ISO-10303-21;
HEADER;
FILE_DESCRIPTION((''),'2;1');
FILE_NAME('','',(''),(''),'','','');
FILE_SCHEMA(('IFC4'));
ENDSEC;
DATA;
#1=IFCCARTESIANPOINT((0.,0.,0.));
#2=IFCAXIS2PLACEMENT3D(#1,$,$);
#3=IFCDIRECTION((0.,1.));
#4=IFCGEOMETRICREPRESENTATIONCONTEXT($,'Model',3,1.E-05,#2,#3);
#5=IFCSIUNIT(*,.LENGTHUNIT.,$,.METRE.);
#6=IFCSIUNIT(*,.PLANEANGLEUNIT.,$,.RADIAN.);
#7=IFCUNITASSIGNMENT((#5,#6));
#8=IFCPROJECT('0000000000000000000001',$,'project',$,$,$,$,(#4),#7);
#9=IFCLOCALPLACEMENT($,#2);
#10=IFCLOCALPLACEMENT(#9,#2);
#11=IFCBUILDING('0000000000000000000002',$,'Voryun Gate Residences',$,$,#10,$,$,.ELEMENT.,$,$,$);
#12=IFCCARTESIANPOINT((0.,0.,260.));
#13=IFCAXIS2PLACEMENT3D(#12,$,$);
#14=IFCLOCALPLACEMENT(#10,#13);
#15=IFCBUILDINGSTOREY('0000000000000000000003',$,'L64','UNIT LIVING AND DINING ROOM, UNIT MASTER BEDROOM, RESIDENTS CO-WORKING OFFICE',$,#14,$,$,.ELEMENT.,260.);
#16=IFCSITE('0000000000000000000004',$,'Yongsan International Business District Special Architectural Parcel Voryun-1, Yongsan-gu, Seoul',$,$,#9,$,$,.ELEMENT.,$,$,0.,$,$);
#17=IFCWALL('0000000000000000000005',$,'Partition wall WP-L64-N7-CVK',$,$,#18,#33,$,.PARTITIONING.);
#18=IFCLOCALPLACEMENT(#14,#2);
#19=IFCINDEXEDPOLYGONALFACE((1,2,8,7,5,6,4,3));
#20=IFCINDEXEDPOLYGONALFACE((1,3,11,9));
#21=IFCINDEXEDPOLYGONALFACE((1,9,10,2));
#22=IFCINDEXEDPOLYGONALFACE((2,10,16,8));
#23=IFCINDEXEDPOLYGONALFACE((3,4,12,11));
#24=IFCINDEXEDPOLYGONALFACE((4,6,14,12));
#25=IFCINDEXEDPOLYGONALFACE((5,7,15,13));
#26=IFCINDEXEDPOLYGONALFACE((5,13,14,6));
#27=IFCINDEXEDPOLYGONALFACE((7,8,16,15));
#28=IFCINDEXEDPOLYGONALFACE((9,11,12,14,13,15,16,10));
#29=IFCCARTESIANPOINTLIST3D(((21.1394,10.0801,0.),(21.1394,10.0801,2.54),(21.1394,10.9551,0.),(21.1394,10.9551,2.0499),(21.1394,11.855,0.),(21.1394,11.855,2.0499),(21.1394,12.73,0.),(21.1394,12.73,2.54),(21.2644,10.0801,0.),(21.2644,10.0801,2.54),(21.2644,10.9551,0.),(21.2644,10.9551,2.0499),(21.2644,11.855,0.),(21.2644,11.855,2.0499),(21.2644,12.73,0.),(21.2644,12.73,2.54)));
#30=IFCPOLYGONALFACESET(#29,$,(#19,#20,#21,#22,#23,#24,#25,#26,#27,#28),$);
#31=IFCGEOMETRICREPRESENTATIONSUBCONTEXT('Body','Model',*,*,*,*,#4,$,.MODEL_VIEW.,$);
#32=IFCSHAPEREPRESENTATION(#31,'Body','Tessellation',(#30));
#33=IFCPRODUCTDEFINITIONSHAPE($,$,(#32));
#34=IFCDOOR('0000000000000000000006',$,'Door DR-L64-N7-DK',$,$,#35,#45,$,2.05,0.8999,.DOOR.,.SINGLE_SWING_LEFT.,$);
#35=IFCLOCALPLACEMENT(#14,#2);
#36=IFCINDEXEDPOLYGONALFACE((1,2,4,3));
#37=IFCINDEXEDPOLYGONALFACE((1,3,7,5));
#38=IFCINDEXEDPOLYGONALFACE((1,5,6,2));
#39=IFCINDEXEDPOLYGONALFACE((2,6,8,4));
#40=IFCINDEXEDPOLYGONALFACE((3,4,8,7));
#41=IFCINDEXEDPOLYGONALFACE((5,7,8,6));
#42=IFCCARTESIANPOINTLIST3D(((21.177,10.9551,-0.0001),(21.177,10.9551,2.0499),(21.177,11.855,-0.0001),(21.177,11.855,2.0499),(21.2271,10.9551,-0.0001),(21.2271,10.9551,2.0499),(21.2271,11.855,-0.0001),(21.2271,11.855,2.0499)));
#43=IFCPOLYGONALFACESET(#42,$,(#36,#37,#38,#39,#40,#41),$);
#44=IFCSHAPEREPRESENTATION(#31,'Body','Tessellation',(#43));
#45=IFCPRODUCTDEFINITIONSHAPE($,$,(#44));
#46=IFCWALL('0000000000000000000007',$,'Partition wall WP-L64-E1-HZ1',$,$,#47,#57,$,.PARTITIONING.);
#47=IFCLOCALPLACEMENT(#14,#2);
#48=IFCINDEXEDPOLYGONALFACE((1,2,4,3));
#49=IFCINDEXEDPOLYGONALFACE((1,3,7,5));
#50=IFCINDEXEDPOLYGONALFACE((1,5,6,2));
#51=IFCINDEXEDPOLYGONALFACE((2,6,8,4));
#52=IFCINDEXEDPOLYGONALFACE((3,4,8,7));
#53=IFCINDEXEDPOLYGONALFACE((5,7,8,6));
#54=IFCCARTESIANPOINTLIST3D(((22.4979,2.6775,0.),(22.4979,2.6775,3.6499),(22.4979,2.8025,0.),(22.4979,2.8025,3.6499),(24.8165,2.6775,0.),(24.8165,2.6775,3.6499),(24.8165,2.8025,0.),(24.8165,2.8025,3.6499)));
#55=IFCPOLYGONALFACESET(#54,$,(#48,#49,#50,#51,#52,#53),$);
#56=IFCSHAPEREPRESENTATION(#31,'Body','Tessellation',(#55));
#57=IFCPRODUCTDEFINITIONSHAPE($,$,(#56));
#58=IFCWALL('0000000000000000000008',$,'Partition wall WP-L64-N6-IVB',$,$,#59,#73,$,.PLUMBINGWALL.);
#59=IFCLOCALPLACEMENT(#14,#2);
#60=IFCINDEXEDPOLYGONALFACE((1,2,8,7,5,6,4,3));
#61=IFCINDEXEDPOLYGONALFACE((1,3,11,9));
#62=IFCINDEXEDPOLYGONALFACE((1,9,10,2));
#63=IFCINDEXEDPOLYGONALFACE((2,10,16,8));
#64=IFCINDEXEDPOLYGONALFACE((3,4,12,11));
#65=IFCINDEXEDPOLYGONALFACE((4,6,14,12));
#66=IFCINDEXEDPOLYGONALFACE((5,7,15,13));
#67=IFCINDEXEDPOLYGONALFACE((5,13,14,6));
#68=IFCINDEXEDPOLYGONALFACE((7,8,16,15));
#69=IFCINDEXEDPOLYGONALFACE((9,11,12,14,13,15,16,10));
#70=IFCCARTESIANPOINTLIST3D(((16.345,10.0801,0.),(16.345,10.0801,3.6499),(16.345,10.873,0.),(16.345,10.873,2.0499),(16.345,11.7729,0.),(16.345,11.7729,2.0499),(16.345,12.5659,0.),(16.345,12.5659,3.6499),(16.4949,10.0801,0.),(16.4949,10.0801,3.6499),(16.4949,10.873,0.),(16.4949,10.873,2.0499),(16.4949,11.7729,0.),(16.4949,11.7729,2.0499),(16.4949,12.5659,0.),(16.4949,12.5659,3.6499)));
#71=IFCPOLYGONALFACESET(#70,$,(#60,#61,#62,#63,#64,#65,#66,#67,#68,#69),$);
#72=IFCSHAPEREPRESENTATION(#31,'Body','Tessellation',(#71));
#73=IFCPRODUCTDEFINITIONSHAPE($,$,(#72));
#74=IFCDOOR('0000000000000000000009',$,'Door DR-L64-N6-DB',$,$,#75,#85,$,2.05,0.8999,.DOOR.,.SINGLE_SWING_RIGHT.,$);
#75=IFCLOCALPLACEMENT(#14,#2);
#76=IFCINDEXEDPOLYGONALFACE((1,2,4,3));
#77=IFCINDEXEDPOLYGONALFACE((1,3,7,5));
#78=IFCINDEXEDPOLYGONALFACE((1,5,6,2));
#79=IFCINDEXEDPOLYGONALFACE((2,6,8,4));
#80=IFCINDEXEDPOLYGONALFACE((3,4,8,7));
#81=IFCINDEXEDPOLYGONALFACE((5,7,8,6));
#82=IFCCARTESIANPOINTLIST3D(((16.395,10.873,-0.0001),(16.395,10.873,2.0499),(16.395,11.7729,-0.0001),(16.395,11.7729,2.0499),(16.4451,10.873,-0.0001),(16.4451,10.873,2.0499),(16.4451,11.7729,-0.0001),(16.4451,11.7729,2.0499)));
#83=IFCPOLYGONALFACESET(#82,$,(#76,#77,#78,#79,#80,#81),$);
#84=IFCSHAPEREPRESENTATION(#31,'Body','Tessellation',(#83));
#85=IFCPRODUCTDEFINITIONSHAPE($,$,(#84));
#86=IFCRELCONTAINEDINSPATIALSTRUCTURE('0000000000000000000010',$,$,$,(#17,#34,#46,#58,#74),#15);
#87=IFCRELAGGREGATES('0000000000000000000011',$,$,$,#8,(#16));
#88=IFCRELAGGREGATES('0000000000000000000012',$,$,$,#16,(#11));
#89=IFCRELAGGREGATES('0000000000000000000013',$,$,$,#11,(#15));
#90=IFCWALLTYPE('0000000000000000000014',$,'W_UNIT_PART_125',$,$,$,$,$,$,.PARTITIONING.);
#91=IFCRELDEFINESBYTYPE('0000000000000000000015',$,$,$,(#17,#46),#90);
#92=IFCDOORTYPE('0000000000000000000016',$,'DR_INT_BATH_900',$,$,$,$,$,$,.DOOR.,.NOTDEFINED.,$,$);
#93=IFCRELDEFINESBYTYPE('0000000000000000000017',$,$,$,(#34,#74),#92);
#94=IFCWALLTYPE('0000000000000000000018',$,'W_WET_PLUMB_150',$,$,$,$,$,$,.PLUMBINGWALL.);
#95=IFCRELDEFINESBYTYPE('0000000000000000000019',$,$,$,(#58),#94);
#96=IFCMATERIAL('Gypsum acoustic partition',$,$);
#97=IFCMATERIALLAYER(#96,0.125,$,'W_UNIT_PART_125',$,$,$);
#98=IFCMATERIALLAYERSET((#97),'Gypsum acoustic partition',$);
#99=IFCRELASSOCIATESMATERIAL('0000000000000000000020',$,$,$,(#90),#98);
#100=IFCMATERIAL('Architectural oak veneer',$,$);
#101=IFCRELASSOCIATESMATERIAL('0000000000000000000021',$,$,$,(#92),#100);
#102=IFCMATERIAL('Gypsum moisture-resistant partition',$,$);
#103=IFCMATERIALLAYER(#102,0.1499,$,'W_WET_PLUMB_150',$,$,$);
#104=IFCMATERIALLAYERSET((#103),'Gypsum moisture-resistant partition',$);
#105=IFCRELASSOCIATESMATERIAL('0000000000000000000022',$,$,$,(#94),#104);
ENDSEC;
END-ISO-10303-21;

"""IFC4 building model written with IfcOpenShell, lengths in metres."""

from ifc_helpers import new_model, si_unit, direction, frame, frame_2d, origin, place, context, subcontext, project, spatial, rectangle, extrude, material, layer, layer_set, type_object, element, fill, save


model = new_model("IFC4")

# Units and contexts
model_context = context("Model", 3, precision=1e-05, world=origin(), true_north=direction((0.0, 1.0)))
body_context = subcontext(model_context, "Body", "Model", "MODEL_VIEW")
ifc_project = project(units=[si_unit("LENGTHUNIT", "METRE"), si_unit("PLANEANGLEUNIT", "RADIAN")], contexts=[model_context])

# Site, building, storey
site_placement = place(None, origin())
site = spatial("IfcSite", under=ifc_project, at=site_placement, Name="Yongsan International Business District Special Architectural Parcel Voryun-1, Yongsan-gu, Seoul", CompositionType="ELEMENT", RefElevation=0.0)
building_placement = place(site_placement, origin())
building = spatial("IfcBuilding", under=site, at=building_placement, Name="Voryun Gate Residences", CompositionType="ELEMENT")
storey_placement = place(building_placement, frame((0.0, 0.0, 260.0)))
storey = spatial("IfcBuildingStorey", under=building, at=storey_placement, Name="L64", Description="UNIT LIVING AND DINING ROOM, UNIT MASTER BEDROOM, RESIDENTS CO-WORKING OFFICE", CompositionType="ELEMENT", Elevation=260.0)

# Wall, opening, door
ifc_material_1 = material(Name="Gypsum acoustic partition")
ifc_layer_1 = layer(ifc_material_1, 0.125, Name="W_UNIT_PART_125")
ifc_layer_set_1 = layer_set([ifc_layer_1], Name="Gypsum acoustic partition")
wall_type_1 = type_object("IfcWallType", Name="W_UNIT_PART_125", PredefinedType="PARTITIONING", material=ifc_layer_set_1)
wall_1_placement = place(storey_placement, frame((21.2019, 10.0801, 0.0), z_axis=(0.0, 0.0, 1.0), x_axis=(0.0, 1.0, 0.0)))
wall_1 = element("IfcWall", 1, at=wall_1_placement, inside=storey, type_object=wall_type_1, Name="Partition wall WP-L64-N7-CVK", PredefinedType="PARTITIONING", context=body_context, shape_type="SweptSolid", body=[
    extrude(rectangle(XDim=2.6499, YDim=0.125, at=frame_2d((1.325, 0.0))), origin(), (0.0, 0.0, 1.0), 2.54),
])
opening_1_placement = place(wall_1_placement, frame((0.875, 0.0, 0.0)))
opening_1 = element("IfcOpeningElement", 2, at=opening_1_placement, cuts=wall_1, PredefinedType="OPENING", context=body_context, shape_type="SweptSolid", body=[
    extrude(rectangle(XDim=0.8999, YDim=2.05, at=frame_2d((0.45, 1.0249))), frame((0.0, 0.0725, 0.0), z_axis=(0.0, -1.0, 0.0), x_axis=(1.0, 0.0, 0.0)), (0.0, 0.0, 1.0), 0.145),
])
ifc_material_2 = material(Name="Architectural oak veneer")
door_type_1 = type_object("IfcDoorType", Name="DR_INT_BATH_900", OperationType="NOTDEFINED", PredefinedType="DOOR", material=ifc_material_2)
door_1_placement = place(opening_1_placement, origin())
door_1 = element("IfcDoor", 3, at=door_1_placement, inside=storey, type_object=door_type_1, Name="Door DR-L64-N7-DK", OperationType="SINGLE_SWING_LEFT", OverallHeight=2.05, OverallWidth=0.8999, PredefinedType="DOOR", context=body_context, shape_type="SweptSolid", body=[
    extrude(rectangle(XDim=0.8999, YDim=2.05, at=frame_2d((0.45, 1.0249))), frame((0.0, 0.0249, 0.0), z_axis=(0.0, -1.0, 0.0), x_axis=(1.0, 0.0, 0.0)), (0.0, 0.0, 1.0), 0.05),
])
fill(opening_1, door_1)

# Wall
wall_2_placement = place(storey_placement, frame((22.498, 2.74, 0.0), z_axis=(0.0, 0.0, 1.0), x_axis=(1.0, 0.0, 0.0)))
element("IfcWall", 4, at=wall_2_placement, inside=storey, type_object=wall_type_1, Name="Partition wall WP-L64-E1-HZ1", PredefinedType="PARTITIONING", context=body_context, shape_type="SweptSolid", body=[
    extrude(rectangle(XDim=2.3186, YDim=0.125, at=frame_2d((1.1592, 0.0))), origin(), (0.0, 0.0, 1.0), 3.6499),
])

# Wall, opening, door
ifc_material_3 = material(Name="Gypsum moisture-resistant partition")
ifc_layer_2 = layer(ifc_material_3, 0.1499, Name="W_WET_PLUMB_150")
ifc_layer_set_2 = layer_set([ifc_layer_2], Name="Gypsum moisture-resistant partition")
wall_type_2 = type_object("IfcWallType", Name="W_WET_PLUMB_150", PredefinedType="PLUMBINGWALL", material=ifc_layer_set_2)
wall_3_placement = place(storey_placement, frame((16.4199, 10.0801, 0.0), z_axis=(0.0, 0.0, 1.0), x_axis=(0.0, 1.0, 0.0)))
wall_3 = element("IfcWall", 5, at=wall_3_placement, inside=storey, type_object=wall_type_2, Name="Partition wall WP-L64-N6-IVB", PredefinedType="PLUMBINGWALL", context=body_context, shape_type="SweptSolid", body=[
    extrude(rectangle(XDim=2.4858, YDim=0.1499, at=frame_2d((1.2429, 0.0))), origin(), (0.0, 0.0, 1.0), 3.6499),
])
opening_2_placement = place(wall_3_placement, frame((0.793, 0.0, 0.0)))
opening_2 = element("IfcOpeningElement", 6, at=opening_2_placement, cuts=wall_3, PredefinedType="OPENING", context=body_context, shape_type="SweptSolid", body=[
    extrude(rectangle(XDim=0.8999, YDim=2.05, at=frame_2d((0.45, 1.0249))), frame((0.0, 0.085, 0.0), z_axis=(0.0, -1.0, 0.0), x_axis=(1.0, 0.0, 0.0)), (0.0, 0.0, 1.0), 0.1699),
])
door_2_placement = place(opening_2_placement, origin())
door_2 = element("IfcDoor", 7, at=door_2_placement, inside=storey, type_object=door_type_1, Name="Door DR-L64-N6-DB", OperationType="SINGLE_SWING_RIGHT", OverallHeight=2.05, OverallWidth=0.8999, PredefinedType="DOOR", context=body_context, shape_type="SweptSolid", body=[
    extrude(rectangle(XDim=0.8999, YDim=2.05, at=frame_2d((0.45, 1.0249))), frame((0.0, 0.0249, 0.0), z_axis=(0.0, -1.0, 0.0), x_axis=(1.0, 0.0, 0.0)), (0.0, 0.0, 1.0), 0.05),
])
fill(opening_2, door_2)

save(model, "model.ifc")
